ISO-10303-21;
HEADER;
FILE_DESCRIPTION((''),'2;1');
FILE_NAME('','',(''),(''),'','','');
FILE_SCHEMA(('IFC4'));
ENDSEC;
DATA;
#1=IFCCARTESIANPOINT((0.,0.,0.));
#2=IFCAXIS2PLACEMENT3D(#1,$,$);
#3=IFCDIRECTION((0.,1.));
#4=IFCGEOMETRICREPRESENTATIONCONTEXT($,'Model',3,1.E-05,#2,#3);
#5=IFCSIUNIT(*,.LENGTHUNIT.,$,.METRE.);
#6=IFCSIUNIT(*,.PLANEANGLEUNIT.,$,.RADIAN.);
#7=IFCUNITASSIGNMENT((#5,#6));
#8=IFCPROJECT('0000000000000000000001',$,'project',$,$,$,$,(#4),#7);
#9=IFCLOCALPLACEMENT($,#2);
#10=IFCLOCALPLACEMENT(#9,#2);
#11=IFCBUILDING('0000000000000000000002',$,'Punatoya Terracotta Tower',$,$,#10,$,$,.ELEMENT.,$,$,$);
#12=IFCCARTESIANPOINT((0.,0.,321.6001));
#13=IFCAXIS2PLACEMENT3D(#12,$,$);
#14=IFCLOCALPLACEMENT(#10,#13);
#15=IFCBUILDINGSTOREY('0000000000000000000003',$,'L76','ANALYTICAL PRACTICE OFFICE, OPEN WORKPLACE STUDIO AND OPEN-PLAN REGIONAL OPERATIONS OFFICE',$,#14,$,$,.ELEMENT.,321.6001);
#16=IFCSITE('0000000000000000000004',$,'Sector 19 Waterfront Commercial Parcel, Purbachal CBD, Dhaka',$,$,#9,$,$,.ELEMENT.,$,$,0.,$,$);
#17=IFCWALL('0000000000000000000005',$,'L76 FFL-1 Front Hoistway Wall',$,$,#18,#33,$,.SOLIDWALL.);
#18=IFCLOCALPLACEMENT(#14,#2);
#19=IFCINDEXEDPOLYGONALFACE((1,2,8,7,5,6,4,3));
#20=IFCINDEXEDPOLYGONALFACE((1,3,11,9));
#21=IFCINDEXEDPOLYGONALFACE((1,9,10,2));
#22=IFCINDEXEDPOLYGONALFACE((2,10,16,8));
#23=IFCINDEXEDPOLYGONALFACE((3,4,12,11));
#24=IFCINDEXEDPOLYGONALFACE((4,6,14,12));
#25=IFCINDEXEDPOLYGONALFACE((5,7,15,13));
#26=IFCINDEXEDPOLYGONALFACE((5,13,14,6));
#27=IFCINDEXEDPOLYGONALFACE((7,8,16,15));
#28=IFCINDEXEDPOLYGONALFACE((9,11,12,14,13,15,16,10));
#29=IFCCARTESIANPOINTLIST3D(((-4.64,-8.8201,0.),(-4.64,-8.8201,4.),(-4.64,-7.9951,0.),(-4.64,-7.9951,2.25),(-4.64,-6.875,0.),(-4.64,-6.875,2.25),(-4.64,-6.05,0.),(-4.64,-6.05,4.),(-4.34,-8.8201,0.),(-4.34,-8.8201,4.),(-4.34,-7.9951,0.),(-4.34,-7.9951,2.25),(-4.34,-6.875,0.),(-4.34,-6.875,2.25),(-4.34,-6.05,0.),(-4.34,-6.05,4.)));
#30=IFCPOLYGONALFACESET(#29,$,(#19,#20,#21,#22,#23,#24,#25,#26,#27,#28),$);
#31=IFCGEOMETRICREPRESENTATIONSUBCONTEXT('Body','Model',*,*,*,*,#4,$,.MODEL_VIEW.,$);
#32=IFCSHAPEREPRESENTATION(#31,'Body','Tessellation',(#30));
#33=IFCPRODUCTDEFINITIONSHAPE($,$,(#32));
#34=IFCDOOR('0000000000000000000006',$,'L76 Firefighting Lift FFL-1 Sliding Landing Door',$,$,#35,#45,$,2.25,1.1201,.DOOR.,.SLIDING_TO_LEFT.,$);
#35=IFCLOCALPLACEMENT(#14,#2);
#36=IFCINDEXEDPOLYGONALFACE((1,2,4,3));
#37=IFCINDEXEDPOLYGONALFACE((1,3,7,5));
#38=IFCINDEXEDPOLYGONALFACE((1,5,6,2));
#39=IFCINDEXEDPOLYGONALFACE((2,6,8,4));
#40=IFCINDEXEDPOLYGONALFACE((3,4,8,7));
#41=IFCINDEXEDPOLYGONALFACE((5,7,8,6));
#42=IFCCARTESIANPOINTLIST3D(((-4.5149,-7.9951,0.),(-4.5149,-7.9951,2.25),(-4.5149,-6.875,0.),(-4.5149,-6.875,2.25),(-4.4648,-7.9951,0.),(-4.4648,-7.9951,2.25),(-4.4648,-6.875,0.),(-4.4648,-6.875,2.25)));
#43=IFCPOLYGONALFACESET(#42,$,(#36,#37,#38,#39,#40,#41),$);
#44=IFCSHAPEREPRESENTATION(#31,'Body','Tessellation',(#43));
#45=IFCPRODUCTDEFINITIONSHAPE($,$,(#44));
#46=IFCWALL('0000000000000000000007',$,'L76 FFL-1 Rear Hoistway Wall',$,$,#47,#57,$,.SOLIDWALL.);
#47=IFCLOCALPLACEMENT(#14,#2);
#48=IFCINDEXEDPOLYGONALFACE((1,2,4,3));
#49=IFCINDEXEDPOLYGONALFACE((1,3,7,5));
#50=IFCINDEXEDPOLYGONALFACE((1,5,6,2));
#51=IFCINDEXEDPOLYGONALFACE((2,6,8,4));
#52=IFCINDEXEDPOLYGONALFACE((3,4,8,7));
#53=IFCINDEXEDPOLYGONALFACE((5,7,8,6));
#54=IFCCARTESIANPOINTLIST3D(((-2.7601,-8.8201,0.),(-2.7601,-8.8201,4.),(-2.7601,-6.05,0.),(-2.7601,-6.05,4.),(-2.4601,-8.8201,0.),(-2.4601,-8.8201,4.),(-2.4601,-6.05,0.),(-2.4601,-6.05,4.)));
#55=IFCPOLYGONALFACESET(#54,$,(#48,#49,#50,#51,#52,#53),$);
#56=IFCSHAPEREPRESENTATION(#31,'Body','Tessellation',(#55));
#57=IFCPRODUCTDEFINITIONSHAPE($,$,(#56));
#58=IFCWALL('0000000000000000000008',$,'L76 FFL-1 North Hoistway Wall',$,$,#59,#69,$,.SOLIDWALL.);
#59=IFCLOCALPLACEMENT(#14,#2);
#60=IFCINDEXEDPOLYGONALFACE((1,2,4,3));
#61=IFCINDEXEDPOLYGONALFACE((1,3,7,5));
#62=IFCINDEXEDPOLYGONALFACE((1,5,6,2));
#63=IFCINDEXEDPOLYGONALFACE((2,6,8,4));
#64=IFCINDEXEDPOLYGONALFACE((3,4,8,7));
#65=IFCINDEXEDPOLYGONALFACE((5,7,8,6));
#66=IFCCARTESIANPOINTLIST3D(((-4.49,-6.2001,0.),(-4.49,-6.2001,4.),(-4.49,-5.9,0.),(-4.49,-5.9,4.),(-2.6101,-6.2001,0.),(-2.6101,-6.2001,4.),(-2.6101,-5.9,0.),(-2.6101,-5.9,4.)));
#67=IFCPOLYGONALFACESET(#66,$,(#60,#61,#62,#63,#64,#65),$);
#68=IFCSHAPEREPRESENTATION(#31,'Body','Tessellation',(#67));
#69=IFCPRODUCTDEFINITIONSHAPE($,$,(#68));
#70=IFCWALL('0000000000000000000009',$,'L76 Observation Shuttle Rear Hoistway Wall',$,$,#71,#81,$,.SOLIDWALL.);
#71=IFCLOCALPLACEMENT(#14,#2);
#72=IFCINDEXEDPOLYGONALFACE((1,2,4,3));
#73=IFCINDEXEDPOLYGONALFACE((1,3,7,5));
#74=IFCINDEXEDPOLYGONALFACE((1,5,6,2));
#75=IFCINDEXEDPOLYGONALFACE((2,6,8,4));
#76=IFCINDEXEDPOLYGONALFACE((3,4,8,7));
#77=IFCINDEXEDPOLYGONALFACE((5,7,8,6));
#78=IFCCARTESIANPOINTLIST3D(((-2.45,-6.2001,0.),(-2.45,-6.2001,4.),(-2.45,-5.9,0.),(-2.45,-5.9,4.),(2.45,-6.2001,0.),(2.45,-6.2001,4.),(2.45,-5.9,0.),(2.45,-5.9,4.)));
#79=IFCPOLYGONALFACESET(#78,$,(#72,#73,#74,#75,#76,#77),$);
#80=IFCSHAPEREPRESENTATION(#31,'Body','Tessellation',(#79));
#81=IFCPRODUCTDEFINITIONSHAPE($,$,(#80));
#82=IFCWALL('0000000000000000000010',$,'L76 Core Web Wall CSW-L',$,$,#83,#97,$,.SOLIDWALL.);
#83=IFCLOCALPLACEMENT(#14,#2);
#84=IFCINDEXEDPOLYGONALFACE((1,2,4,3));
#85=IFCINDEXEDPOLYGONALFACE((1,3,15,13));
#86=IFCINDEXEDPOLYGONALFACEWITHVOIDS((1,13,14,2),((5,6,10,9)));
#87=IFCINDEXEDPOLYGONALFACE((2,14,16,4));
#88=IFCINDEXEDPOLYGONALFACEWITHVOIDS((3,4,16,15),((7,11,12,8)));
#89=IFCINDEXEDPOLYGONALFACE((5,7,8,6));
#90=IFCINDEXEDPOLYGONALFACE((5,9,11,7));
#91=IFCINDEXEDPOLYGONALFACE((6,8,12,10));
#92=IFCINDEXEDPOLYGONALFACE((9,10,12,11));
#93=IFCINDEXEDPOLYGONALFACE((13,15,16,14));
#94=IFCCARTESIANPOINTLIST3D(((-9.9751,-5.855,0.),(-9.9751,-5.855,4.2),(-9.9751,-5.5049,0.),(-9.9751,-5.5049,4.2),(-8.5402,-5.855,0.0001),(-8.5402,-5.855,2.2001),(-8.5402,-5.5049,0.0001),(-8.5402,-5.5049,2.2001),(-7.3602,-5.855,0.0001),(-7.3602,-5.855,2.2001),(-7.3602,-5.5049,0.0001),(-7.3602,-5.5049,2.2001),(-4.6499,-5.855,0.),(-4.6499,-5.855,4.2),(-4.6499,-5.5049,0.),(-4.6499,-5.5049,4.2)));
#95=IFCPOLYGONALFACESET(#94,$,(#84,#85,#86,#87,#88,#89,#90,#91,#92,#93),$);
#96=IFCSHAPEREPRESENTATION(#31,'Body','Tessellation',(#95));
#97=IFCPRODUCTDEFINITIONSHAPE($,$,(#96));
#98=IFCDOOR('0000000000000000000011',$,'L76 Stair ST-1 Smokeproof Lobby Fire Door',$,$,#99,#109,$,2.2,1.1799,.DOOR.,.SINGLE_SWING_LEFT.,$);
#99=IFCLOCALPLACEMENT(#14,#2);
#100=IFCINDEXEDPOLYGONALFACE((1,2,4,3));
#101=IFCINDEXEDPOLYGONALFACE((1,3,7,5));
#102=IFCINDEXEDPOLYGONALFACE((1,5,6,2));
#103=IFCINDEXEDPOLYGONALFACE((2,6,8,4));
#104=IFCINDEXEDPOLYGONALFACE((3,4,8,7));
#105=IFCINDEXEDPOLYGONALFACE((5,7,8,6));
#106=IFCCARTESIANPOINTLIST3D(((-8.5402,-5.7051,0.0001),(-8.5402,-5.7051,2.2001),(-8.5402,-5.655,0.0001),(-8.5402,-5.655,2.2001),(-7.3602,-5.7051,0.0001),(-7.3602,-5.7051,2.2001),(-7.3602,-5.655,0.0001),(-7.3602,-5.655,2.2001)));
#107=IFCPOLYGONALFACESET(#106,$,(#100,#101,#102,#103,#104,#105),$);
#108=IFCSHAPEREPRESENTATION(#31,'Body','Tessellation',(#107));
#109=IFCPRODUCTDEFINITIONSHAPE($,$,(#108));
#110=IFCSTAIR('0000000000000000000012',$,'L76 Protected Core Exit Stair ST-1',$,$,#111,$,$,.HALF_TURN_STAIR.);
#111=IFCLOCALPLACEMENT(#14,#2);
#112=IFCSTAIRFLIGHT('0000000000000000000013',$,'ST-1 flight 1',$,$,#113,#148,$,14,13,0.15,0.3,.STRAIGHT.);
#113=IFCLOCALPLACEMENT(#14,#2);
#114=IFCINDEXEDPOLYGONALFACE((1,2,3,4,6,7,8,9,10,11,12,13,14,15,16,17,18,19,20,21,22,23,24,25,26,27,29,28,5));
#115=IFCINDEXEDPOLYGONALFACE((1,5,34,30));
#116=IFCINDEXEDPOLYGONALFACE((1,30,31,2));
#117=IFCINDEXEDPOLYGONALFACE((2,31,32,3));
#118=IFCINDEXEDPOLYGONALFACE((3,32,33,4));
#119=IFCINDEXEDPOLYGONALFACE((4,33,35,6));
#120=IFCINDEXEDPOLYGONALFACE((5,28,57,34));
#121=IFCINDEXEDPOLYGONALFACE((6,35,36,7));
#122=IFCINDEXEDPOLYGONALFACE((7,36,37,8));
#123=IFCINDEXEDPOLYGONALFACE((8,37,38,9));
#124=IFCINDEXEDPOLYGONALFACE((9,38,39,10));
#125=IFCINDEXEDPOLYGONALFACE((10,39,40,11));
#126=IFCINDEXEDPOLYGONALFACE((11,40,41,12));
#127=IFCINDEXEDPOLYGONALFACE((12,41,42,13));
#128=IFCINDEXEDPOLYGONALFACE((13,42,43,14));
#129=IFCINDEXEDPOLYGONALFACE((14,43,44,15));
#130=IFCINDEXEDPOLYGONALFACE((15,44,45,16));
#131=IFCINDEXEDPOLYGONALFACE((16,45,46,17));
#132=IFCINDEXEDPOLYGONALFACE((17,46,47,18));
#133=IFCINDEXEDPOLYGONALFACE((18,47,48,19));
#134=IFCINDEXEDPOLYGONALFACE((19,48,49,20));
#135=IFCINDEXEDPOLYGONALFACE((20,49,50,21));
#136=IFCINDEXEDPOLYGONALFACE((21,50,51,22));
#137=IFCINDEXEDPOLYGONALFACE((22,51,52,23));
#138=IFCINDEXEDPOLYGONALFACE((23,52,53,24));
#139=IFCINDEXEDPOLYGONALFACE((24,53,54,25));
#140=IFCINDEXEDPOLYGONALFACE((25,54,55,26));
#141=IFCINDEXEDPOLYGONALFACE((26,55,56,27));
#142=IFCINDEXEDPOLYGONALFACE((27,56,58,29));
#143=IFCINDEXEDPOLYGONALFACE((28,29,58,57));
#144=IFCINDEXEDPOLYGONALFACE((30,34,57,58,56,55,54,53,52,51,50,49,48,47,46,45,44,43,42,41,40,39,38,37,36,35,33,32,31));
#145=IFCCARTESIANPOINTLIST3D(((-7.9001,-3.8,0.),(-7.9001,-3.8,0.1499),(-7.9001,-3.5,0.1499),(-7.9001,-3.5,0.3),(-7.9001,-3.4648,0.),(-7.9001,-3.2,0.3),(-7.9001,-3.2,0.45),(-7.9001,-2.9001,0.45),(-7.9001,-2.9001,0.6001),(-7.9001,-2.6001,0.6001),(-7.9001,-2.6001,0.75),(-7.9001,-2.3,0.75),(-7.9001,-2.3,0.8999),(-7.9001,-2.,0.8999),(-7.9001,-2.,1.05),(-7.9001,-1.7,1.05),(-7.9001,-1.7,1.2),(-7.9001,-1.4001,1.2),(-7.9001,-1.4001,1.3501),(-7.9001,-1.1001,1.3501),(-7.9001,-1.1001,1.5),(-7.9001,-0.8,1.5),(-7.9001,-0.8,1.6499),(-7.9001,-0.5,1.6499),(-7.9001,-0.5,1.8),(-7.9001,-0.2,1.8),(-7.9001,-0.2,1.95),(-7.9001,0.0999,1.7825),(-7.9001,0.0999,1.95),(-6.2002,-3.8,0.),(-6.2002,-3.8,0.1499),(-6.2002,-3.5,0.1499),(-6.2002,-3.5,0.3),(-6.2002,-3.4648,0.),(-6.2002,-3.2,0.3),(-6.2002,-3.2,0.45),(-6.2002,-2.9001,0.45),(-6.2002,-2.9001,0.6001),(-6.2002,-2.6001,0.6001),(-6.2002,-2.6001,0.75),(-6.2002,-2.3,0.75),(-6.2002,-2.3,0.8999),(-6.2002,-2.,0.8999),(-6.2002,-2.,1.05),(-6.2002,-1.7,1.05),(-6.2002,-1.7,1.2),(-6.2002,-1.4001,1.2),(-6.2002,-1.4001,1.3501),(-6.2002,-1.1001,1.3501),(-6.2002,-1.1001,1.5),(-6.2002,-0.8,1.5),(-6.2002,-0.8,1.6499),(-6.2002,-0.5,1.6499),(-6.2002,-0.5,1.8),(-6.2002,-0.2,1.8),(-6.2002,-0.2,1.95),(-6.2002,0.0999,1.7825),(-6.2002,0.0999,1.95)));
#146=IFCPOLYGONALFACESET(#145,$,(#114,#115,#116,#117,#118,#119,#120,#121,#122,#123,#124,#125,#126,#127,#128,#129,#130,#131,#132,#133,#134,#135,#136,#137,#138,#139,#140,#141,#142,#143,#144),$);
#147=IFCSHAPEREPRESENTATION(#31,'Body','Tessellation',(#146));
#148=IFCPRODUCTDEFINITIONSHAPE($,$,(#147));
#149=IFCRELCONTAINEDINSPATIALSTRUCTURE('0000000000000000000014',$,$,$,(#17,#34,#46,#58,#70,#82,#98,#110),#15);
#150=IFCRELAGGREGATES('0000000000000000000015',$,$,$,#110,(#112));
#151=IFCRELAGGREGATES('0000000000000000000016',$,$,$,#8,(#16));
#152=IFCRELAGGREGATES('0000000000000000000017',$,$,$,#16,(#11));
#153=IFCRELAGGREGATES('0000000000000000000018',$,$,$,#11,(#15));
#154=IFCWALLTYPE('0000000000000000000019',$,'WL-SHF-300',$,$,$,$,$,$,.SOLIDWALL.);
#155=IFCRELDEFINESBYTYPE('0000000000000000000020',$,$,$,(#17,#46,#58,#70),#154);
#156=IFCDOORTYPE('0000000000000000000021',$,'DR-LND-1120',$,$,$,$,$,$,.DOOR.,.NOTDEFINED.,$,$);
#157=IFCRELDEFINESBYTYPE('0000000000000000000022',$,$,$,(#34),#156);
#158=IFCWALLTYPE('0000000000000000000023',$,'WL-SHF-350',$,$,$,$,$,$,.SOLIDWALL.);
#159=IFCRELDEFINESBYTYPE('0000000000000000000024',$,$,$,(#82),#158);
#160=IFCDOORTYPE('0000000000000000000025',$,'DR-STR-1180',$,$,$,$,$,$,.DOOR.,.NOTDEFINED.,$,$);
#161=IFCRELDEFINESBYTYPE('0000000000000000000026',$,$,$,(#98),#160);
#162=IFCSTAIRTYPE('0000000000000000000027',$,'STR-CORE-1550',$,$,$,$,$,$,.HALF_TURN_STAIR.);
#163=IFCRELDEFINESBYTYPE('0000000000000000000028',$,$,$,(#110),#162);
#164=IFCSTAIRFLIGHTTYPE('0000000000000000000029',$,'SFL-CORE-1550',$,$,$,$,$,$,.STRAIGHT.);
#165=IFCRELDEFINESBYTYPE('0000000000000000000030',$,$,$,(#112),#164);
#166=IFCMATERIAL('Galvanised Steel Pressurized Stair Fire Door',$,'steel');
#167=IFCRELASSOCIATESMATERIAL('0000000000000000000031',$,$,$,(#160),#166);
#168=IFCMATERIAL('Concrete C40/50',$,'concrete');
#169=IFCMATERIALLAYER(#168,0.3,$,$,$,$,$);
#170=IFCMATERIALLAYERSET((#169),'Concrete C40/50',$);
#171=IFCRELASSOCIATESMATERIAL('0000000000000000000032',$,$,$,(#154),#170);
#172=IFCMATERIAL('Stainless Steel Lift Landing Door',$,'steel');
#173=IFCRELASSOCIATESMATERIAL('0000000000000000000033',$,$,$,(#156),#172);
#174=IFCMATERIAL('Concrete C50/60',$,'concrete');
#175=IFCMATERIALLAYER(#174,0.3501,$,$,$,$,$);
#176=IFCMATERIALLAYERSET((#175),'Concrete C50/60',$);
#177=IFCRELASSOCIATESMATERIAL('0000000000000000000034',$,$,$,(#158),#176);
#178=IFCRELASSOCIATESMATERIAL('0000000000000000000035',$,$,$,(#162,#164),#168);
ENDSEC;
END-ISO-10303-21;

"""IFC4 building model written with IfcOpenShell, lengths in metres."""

from ifc_helpers import new_model, si_unit, direction, frame, frame_2d, origin, place, context, subcontext, project, spatial, polyline, rectangle, outline, extrude, material, layer, layer_set, type_object, element, fill, aggregate, save


model = new_model("IFC4")

# Units and contexts
model_context = context("Model", 3, precision=1e-05, world=origin(), true_north=direction((0.0, 1.0)))
body_context = subcontext(model_context, "Body", "Model", "MODEL_VIEW")
ifc_project = project(units=[si_unit("LENGTHUNIT", "METRE"), si_unit("PLANEANGLEUNIT", "RADIAN")], contexts=[model_context])

# Site, building, storey
site_placement = place(None, origin())
site = spatial("IfcSite", under=ifc_project, at=site_placement, Name="Sector 19 Waterfront Commercial Parcel, Purbachal CBD, Dhaka", CompositionType="ELEMENT", RefElevation=0.0)
building_placement = place(site_placement, origin())
building = spatial("IfcBuilding", under=site, at=building_placement, Name="Punatoya Terracotta Tower", CompositionType="ELEMENT")
storey_placement = place(building_placement, frame((0.0, 0.0, 321.6001)))
storey = spatial("IfcBuildingStorey", under=building, at=storey_placement, Name="L76", Description="ANALYTICAL PRACTICE OFFICE, OPEN WORKPLACE STUDIO AND OPEN-PLAN REGIONAL OPERATIONS OFFICE", CompositionType="ELEMENT", Elevation=321.6001)

# Shared definitions
ifc_material_1 = material(Name="Concrete C50/60", Category="concrete")

# Shared definitions
ifc_material_2 = material(Name="Galvanised Steel Pressurized Stair Fire Door", Category="steel")
door_type_1 = type_object("IfcDoorType", Name="DR-STR-1180", OperationType="NOTDEFINED", PredefinedType="DOOR", material=ifc_material_2)

# Shared definitions
ifc_material_3 = material(Name="Concrete C40/50", Category="concrete")

# Shared definitions
ifc_layer_1 = layer(ifc_material_3, 0.3)
ifc_layer_set_1 = layer_set([ifc_layer_1], Name="Concrete C40/50")
wall_type_1 = type_object("IfcWallType", Name="WL-SHF-300", PredefinedType="SOLIDWALL", material=ifc_layer_set_1)

# Wall, opening, door
wall_1_placement = place(storey_placement, frame((-4.49, -8.8201, 0.0), z_axis=(0.0, 0.0, 1.0), x_axis=(0.0, 1.0, 0.0)))
wall_1 = element("IfcWall", 1, at=wall_1_placement, inside=storey, type_object=wall_type_1, Name="L76 FFL-1 Front Hoistway Wall", PredefinedType="SOLIDWALL", context=body_context, shape_type="SweptSolid", body=[
    extrude(rectangle(XDim=2.77, YDim=0.3, at=frame_2d((1.385, 0.0))), origin(), (0.0, 0.0, 1.0), 4.0),
])
opening_1_placement = place(wall_1_placement, frame((0.825, 0.0, 0.0)))
opening_1 = element("IfcOpeningElement", 2, at=opening_1_placement, cuts=wall_1, PredefinedType="OPENING", context=body_context, shape_type="SweptSolid", body=[
    extrude(rectangle(XDim=1.1201, YDim=2.25, at=frame_2d((0.5601, 1.125))), frame((0.0, 0.1599, 0.0), z_axis=(0.0, -1.0, 0.0), x_axis=(1.0, 0.0, 0.0)), (0.0, 0.0, 1.0), 0.3201),
])
ifc_material_4 = material(Name="Stainless Steel Lift Landing Door", Category="steel")
door_type_2 = type_object("IfcDoorType", Name="DR-LND-1120", OperationType="NOTDEFINED", PredefinedType="DOOR", material=ifc_material_4)
door_1_placement = place(opening_1_placement, origin())
door_1 = element("IfcDoor", 3, at=door_1_placement, inside=storey, type_object=door_type_2, Name="L76 Firefighting Lift FFL-1 Sliding Landing Door", OperationType="SLIDING_TO_LEFT", OverallHeight=2.25, OverallWidth=1.1201, PredefinedType="DOOR", context=body_context, shape_type="SweptSolid", body=[
    extrude(rectangle(XDim=1.1201, YDim=2.25, at=frame_2d((0.5601, 1.125))), frame((0.0, 0.0249, 0.0), z_axis=(0.0, -1.0, 0.0), x_axis=(1.0, 0.0, 0.0)), (0.0, 0.0, 1.0), 0.05),
])
fill(opening_1, door_1)

# Walls
wall_2_placement = place(storey_placement, frame((-2.6101, -8.8201, 0.0), z_axis=(0.0, 0.0, 1.0), x_axis=(0.0, 1.0, 0.0)))
element("IfcWall", 4, at=wall_2_placement, inside=storey, type_object=wall_type_1, Name="L76 FFL-1 Rear Hoistway Wall", PredefinedType="SOLIDWALL", context=body_context, shape_type="SweptSolid", body=[
    extrude(rectangle(XDim=2.77, YDim=0.3, at=frame_2d((1.385, 0.0))), origin(), (0.0, 0.0, 1.0), 4.0),
])
wall_3_placement = place(storey_placement, frame((-4.49, -6.05, 0.0), z_axis=(0.0, 0.0, 1.0), x_axis=(1.0, 0.0, 0.0)))
element("IfcWall", 5, at=wall_3_placement, inside=storey, type_object=wall_type_1, Name="L76 FFL-1 North Hoistway Wall", PredefinedType="SOLIDWALL", context=body_context, shape_type="SweptSolid", body=[
    extrude(rectangle(XDim=1.8799, YDim=0.3, at=frame_2d((0.9399, 0.0))), origin(), (0.0, 0.0, 1.0), 4.0),
])
wall_4_placement = place(storey_placement, frame((-2.45, -6.05, 0.0), z_axis=(0.0, 0.0, 1.0), x_axis=(1.0, 0.0, 0.0)))
element("IfcWall", 6, at=wall_4_placement, inside=storey, type_object=wall_type_1, Name="L76 Observation Shuttle Rear Hoistway Wall", PredefinedType="SOLIDWALL", context=body_context, shape_type="SweptSolid", body=[
    extrude(rectangle(XDim=4.8999, YDim=0.3, at=frame_2d((2.45, 0.0))), origin(), (0.0, 0.0, 1.0), 4.0),
])

# Wall, opening, door
ifc_layer_2 = layer(ifc_material_1, 0.3501)
ifc_layer_set_2 = layer_set([ifc_layer_2], Name="Concrete C50/60")
wall_type_2 = type_object("IfcWallType", Name="WL-SHF-350", PredefinedType="SOLIDWALL", material=ifc_layer_set_2)
wall_5_placement = place(storey_placement, frame((-9.9751, -5.6799, 0.0), z_axis=(0.0, 0.0, 1.0), x_axis=(1.0, 0.0, 0.0)))
wall_5 = element("IfcWall", 7, at=wall_5_placement, inside=storey, type_object=wall_type_2, Name="L76 Core Web Wall CSW-L", PredefinedType="SOLIDWALL", context=body_context, shape_type="SweptSolid", body=[
    extrude(rectangle(XDim=5.3252, YDim=0.3501, at=frame_2d((2.6626, 0.0))), origin(), (0.0, 0.0, 1.0), 4.2),
])
opening_2_placement = place(wall_5_placement, frame((1.4351, 0.0, 0.0)))
opening_2 = element("IfcOpeningElement", 8, at=opening_2_placement, cuts=wall_5, PredefinedType="OPENING", context=body_context, shape_type="SweptSolid", body=[
    extrude(rectangle(XDim=1.1799, YDim=2.2, at=frame_2d((0.5898, 1.1001))), frame((0.0, 0.1851, 0.0), z_axis=(0.0, -1.0, 0.0), x_axis=(1.0, 0.0, 0.0)), (0.0, 0.0, 1.0), 0.3701),
])
door_2_placement = place(opening_2_placement, origin())
door_2 = element("IfcDoor", 9, at=door_2_placement, inside=storey, type_object=door_type_1, Name="L76 Stair ST-1 Smokeproof Lobby Fire Door", OperationType="SINGLE_SWING_LEFT", OverallHeight=2.2, OverallWidth=1.1799, PredefinedType="DOOR", context=body_context, shape_type="SweptSolid", body=[
    extrude(rectangle(XDim=1.1799, YDim=2.2, at=frame_2d((0.5898, 1.1001))), frame((0.0, 0.0249, 0.0), z_axis=(0.0, -1.0, 0.0), x_axis=(1.0, 0.0, 0.0)), (0.0, 0.0, 1.0), 0.05),
])
fill(opening_2, door_2)

# Stair, stair flight
stair_type = type_object("IfcStairType", Name="STR-CORE-1550", PredefinedType="HALF_TURN_STAIR", material=ifc_material_3)
stair_placement = place(storey_placement, origin())
stair = element("IfcStair", 10, at=stair_placement, inside=storey, type_object=stair_type, Name="L76 Protected Core Exit Stair ST-1", PredefinedType="HALF_TURN_STAIR")
stair_flight_type = type_object("IfcStairFlightType", Name="SFL-CORE-1550", PredefinedType="STRAIGHT", material=ifc_material_3)
stair_flight_placement = place(storey_placement, frame((-7.05, -3.8, 0.0), z_axis=(0.0, 0.0, 1.0), x_axis=(0.0, 1.0, 0.0)))
stair_flight = element("IfcStairFlight", 11, at=stair_flight_placement, type_object=stair_flight_type, Name="ST-1 flight 1", NumberOfRisers=14, NumberOfTreads=13, PredefinedType="STRAIGHT", RiserHeight=0.15, TreadLength=0.3, context=body_context, shape_type="SweptSolid", body=[
    extrude(outline(polyline([(0.0, 0.0), (0.0, 0.1499), (0.3, 0.1499), (0.3, 0.3), (0.6001, 0.3), (0.6001, 0.45), (0.8999, 0.45), (0.8999, 0.6001), (1.2, 0.6001), (1.2, 0.75), (1.5, 0.75), (1.5, 0.8999), (1.8, 0.8999), (1.8, 1.05), (2.1001, 1.05), (2.1001, 1.2), (2.3999, 1.2), (2.3999, 1.3501), (2.7, 1.3501), (2.7, 1.5), (3.0, 1.5), (3.0, 1.6499), (3.3, 1.6499), (3.3, 1.8), (3.6001, 1.8), (3.6001, 1.95), (3.8999, 1.95), (3.8999, 2.1001), (3.8999, 1.7825), (0.3352, 0.0), (0.0, 0.0)])), frame((0.0, 0.8501, 0.0), z_axis=(0.0, -1.0, 0.0), x_axis=(1.0, 0.0, 0.0)), (0.0, 0.0, 1.0), 1.7),
])
aggregate(stair, [stair_flight])

save(model, "model.ifc")
